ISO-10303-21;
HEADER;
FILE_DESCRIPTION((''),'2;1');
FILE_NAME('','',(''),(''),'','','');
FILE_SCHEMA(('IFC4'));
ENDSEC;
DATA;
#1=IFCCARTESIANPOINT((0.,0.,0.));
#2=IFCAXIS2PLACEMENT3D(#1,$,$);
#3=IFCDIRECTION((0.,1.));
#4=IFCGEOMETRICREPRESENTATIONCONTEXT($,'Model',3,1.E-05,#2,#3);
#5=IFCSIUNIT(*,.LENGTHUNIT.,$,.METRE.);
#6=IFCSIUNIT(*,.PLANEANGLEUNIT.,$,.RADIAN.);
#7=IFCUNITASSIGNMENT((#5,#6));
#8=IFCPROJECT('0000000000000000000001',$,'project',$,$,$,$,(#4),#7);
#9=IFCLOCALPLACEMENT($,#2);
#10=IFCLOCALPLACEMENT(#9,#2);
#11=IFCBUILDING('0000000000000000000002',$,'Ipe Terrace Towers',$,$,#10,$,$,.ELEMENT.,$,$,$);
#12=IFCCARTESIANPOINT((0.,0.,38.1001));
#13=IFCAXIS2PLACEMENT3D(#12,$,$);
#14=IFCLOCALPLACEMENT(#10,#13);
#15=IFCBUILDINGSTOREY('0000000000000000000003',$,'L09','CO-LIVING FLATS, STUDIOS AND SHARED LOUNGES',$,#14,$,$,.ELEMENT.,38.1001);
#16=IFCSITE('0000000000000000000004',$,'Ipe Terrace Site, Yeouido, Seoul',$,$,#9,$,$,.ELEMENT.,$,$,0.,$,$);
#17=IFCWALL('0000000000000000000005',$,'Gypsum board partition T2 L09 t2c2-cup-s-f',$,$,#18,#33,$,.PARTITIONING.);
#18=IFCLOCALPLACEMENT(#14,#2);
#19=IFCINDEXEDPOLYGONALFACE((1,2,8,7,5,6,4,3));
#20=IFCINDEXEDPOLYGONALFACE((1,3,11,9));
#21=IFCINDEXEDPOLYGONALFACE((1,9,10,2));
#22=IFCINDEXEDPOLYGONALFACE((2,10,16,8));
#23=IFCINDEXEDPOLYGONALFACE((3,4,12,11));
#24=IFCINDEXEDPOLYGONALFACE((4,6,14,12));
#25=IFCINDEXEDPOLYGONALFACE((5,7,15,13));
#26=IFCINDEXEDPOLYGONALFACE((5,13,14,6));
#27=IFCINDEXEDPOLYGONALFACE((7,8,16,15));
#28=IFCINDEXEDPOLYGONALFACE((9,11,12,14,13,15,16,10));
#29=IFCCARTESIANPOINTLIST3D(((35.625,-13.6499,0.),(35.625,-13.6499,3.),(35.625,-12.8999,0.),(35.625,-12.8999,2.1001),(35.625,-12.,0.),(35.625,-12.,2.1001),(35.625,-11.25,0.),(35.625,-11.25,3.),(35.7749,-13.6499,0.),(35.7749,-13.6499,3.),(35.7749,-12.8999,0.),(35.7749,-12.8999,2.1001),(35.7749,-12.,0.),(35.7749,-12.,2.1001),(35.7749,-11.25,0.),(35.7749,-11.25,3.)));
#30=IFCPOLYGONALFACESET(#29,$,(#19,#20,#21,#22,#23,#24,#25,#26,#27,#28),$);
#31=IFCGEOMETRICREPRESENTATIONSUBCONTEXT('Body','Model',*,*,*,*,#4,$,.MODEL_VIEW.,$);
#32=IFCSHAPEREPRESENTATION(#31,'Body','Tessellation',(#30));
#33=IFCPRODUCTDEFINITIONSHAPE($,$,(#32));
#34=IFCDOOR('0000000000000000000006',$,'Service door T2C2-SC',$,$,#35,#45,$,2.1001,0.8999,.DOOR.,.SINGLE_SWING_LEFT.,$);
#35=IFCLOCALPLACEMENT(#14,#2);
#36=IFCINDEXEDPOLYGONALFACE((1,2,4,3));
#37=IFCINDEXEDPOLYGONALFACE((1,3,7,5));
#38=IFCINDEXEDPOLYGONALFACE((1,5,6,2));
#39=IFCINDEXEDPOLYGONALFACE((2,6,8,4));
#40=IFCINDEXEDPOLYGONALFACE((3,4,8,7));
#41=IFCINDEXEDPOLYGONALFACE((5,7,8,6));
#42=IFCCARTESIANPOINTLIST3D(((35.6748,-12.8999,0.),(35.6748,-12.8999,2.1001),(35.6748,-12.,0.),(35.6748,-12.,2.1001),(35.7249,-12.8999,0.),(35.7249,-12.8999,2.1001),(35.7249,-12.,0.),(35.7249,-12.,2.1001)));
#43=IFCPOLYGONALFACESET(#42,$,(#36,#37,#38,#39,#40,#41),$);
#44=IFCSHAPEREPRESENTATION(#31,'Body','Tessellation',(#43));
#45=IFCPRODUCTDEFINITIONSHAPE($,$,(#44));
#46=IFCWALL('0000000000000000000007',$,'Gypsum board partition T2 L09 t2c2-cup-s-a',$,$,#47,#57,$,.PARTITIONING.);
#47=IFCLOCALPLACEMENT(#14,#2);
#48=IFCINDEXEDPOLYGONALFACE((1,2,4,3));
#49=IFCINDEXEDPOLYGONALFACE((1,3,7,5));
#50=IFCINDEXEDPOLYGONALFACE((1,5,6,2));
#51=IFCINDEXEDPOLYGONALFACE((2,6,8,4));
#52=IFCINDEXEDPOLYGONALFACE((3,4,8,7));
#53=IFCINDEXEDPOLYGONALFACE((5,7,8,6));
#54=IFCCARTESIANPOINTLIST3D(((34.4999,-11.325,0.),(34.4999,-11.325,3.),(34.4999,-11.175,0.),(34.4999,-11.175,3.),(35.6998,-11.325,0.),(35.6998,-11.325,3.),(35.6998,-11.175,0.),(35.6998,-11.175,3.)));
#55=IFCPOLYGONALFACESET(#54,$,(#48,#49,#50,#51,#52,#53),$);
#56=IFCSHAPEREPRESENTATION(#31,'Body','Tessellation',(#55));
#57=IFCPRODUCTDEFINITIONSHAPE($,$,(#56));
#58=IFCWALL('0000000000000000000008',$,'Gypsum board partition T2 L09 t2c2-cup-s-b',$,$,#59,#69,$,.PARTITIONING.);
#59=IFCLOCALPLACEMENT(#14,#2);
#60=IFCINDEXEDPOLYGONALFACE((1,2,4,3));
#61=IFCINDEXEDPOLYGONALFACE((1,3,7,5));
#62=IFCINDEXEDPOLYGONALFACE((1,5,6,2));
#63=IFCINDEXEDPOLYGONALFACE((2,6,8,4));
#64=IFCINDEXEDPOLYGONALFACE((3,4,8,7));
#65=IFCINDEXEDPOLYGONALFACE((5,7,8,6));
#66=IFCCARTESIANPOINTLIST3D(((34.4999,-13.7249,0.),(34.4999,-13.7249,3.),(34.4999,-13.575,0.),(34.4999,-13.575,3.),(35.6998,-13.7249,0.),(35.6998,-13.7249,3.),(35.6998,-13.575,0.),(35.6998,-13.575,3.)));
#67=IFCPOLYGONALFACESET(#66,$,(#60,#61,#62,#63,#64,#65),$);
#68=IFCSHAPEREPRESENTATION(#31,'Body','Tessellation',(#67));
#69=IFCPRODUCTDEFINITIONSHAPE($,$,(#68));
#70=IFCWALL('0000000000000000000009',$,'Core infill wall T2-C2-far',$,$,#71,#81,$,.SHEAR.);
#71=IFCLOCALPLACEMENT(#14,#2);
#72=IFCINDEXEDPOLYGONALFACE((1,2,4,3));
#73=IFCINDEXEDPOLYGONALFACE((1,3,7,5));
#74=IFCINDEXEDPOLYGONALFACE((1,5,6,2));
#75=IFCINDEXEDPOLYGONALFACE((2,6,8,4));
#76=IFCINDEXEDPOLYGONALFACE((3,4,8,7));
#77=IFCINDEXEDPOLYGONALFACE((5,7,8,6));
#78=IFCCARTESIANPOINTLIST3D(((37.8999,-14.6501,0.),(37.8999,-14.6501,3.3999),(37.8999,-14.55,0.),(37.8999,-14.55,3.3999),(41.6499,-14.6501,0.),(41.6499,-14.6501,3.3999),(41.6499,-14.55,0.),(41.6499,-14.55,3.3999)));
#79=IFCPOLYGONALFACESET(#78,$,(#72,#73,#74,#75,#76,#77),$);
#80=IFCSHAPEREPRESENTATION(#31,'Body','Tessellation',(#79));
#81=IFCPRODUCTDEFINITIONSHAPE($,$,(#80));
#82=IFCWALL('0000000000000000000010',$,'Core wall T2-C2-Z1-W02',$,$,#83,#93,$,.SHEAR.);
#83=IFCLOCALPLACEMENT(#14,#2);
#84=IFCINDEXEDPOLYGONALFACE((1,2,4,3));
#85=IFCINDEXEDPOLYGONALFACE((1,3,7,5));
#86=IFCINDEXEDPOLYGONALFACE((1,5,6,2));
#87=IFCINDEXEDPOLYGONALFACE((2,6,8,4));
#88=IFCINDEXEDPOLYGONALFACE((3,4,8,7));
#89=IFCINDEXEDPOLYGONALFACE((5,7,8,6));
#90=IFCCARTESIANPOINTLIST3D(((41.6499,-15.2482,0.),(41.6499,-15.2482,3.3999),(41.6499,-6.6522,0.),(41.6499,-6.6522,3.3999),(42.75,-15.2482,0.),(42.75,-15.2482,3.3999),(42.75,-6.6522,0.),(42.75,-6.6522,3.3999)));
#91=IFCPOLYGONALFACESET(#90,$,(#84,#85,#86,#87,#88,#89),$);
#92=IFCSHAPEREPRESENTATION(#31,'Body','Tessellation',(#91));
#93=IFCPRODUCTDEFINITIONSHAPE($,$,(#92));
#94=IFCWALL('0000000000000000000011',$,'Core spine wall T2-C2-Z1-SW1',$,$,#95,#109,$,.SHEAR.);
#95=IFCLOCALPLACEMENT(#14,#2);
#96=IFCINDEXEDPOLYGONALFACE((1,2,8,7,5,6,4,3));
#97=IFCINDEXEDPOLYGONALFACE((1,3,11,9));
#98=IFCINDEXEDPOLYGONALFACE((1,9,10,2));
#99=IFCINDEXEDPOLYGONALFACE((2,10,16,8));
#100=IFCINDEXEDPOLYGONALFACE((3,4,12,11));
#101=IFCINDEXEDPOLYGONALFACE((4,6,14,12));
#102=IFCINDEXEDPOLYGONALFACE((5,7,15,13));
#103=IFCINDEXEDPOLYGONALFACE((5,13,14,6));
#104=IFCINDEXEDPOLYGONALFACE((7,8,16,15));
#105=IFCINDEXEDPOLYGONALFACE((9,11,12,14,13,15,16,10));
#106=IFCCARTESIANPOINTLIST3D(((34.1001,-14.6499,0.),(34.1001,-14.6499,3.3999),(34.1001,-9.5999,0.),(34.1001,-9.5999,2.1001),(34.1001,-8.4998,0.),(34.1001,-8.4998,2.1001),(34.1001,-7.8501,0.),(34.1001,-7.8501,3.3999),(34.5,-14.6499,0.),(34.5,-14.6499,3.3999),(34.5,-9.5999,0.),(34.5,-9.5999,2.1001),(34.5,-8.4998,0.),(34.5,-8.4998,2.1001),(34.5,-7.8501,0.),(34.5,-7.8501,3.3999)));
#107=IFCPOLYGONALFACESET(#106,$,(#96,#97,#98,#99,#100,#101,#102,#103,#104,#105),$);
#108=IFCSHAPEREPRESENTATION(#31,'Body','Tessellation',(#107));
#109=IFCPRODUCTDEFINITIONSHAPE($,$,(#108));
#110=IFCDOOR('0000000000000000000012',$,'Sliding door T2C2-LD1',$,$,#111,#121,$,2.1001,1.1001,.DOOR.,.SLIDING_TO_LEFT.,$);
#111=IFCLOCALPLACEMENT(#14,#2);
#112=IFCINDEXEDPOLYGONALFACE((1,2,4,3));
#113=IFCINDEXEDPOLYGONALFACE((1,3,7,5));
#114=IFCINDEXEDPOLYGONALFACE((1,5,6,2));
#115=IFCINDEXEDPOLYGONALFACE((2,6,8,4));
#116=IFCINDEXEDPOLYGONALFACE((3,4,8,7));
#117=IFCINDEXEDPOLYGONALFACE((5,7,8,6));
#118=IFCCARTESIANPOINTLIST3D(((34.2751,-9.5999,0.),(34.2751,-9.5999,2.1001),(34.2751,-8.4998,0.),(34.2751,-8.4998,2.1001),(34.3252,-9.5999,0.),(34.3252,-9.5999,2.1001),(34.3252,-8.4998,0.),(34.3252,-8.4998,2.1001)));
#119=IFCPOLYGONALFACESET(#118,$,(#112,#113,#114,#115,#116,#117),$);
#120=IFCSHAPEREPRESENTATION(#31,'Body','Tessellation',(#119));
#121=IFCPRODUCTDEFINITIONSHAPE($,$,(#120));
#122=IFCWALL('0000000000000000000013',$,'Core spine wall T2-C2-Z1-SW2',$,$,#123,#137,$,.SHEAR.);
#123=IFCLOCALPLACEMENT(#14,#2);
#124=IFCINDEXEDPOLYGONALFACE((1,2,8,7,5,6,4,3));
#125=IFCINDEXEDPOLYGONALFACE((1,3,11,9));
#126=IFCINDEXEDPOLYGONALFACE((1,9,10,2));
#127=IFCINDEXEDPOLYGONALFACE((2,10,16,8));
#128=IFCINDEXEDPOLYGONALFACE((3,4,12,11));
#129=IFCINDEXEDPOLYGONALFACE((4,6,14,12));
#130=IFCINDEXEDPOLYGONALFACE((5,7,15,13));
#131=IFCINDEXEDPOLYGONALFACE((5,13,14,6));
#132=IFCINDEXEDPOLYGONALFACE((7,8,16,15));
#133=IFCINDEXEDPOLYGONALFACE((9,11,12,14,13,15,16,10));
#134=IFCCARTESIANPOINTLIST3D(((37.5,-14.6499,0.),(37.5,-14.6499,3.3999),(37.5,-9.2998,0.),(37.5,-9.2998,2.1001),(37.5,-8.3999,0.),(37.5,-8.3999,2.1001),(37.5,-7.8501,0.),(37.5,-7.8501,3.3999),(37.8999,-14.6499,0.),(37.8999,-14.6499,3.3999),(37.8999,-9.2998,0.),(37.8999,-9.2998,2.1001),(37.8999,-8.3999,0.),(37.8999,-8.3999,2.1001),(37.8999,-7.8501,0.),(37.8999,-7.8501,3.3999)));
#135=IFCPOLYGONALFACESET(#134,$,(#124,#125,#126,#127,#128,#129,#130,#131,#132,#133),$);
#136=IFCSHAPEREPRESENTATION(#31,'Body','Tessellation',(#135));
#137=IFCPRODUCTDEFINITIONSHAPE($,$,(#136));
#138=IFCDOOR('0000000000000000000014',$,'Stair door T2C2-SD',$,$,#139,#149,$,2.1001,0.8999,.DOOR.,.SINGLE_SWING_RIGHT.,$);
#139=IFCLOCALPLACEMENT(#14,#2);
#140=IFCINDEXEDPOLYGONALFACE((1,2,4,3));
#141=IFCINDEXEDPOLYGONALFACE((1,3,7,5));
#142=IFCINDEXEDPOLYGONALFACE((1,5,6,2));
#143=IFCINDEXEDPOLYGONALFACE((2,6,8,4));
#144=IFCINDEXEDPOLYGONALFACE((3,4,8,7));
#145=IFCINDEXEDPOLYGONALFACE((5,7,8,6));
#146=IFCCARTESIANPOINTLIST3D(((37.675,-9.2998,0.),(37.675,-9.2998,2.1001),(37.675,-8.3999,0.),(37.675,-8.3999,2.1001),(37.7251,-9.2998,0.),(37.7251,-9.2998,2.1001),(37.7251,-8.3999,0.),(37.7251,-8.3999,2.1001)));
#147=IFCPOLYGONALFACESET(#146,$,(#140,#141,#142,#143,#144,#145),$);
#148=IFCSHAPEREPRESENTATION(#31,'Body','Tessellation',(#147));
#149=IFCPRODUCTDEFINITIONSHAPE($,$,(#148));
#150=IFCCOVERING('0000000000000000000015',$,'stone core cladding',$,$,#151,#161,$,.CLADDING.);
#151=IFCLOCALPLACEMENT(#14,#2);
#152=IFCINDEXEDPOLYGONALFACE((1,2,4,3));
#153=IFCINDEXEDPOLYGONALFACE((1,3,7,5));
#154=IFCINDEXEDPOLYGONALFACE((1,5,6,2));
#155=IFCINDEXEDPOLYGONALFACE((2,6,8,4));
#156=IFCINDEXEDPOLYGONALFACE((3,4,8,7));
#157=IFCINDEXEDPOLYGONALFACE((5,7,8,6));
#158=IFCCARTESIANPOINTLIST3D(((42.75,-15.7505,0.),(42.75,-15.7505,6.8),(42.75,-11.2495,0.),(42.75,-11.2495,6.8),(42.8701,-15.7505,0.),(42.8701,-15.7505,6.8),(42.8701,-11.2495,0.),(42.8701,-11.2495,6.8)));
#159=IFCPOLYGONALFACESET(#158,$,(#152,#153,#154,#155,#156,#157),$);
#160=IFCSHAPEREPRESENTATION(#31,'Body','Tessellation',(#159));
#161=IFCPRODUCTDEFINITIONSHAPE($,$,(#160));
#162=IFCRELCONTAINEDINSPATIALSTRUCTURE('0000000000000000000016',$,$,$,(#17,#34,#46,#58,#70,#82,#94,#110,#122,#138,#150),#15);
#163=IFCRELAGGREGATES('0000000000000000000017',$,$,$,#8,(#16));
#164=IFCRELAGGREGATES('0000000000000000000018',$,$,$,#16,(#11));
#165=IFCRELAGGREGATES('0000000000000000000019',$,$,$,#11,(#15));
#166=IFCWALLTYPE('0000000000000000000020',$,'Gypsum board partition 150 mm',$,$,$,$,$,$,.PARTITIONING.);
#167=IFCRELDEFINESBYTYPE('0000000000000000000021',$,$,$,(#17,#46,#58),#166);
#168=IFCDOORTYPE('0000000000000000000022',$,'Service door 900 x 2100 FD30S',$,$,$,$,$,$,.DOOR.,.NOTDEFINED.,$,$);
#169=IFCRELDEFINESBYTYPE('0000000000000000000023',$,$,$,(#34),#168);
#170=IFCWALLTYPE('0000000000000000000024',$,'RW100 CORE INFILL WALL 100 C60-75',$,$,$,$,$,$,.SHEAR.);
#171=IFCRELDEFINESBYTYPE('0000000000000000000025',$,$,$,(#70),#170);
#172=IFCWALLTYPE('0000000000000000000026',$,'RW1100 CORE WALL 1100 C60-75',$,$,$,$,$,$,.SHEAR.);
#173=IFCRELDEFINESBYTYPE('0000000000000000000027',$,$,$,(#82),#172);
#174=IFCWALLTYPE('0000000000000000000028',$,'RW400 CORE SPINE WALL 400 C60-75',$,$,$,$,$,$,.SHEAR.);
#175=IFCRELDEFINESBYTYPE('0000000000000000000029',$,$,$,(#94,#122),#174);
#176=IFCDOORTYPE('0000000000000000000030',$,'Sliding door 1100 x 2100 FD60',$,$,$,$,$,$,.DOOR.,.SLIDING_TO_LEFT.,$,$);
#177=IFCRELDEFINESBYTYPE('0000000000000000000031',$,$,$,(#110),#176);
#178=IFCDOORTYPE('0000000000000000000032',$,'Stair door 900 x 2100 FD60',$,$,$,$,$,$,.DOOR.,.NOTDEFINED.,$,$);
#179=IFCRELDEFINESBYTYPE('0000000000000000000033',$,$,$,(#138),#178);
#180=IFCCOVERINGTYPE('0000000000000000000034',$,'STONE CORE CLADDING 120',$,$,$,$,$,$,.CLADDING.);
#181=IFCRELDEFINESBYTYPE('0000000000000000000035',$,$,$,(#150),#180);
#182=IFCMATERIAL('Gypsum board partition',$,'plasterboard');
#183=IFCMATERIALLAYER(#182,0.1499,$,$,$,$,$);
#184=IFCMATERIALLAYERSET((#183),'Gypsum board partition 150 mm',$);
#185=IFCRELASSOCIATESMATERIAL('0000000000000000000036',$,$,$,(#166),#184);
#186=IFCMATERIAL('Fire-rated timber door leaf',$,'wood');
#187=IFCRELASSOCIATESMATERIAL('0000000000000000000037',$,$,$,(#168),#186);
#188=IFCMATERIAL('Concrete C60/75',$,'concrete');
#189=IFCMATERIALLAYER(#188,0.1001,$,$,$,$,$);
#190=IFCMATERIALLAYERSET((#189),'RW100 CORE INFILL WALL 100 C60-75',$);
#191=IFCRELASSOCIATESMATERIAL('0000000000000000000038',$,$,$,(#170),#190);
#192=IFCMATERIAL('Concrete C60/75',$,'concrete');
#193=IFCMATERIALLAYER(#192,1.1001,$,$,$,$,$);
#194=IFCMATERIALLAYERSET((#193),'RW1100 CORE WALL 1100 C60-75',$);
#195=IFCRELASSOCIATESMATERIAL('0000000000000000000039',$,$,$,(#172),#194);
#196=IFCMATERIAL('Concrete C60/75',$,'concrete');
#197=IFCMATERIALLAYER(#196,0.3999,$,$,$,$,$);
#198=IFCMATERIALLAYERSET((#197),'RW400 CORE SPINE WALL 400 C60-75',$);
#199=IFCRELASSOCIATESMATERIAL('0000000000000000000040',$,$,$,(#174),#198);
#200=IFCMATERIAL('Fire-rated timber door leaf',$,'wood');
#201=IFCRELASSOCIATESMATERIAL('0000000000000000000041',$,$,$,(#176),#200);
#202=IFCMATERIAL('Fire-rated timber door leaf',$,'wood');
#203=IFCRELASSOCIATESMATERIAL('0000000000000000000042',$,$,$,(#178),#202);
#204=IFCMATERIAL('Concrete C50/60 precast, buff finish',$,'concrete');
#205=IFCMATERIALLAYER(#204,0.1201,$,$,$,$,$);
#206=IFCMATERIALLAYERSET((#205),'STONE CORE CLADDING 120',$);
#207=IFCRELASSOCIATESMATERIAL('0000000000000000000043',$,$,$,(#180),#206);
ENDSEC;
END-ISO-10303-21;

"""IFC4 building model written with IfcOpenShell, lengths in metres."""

from ifc_helpers import new_model, si_unit, direction, frame, frame_2d, origin, origin_2d, place, context, subcontext, project, spatial, rectangle, extrude, material, layer, layer_set, type_object, element, fill, save


model = new_model("IFC4")

# Units and contexts
model_context = context("Model", 3, precision=1e-05, world=origin(), true_north=direction((0.0, 1.0)))
body_context = subcontext(model_context, "Body", "Model", "MODEL_VIEW")
ifc_project = project(units=[si_unit("LENGTHUNIT", "METRE"), si_unit("PLANEANGLEUNIT", "RADIAN")], contexts=[model_context])

# Site, building, storey
site_placement = place(None, origin())
site = spatial("IfcSite", under=ifc_project, at=site_placement, Name="Ipe Terrace Site, Yeouido, Seoul", CompositionType="ELEMENT", RefElevation=0.0)
building_placement = place(site_placement, origin())
building = spatial("IfcBuilding", under=site, at=building_placement, Name="Ipe Terrace Towers", CompositionType="ELEMENT")
storey_placement = place(building_placement, frame((0.0, 0.0, 38.1001)))
storey = spatial("IfcBuildingStorey", under=building, at=storey_placement, Name="L09", Description="CO-LIVING FLATS, STUDIOS AND SHARED LOUNGES", CompositionType="ELEMENT", Elevation=38.1001)

# Wall, opening, door
ifc_material_1 = material(Name="Gypsum board partition", Category="plasterboard")
ifc_layer_1 = layer(ifc_material_1, 0.1499)
ifc_layer_set_1 = layer_set([ifc_layer_1], Name="Gypsum board partition 150 mm")
wall_type_1 = type_object("IfcWallType", Name="Gypsum board partition 150 mm", PredefinedType="PARTITIONING", material=ifc_layer_set_1)
wall_1_placement = place(storey_placement, frame((35.7, -11.25, 0.0), z_axis=(0.0, 0.0, 1.0), x_axis=(0.0, -1.0, 0.0)))
wall_1 = element("IfcWall", 1, at=wall_1_placement, inside=storey, type_object=wall_type_1, Name="Gypsum board partition T2 L09 t2c2-cup-s-f", PredefinedType="PARTITIONING", context=body_context, shape_type="SweptSolid", body=[
    extrude(rectangle(XDim=2.3999, YDim=0.1499, at=frame_2d((1.2, 0.0))), origin(), (0.0, 0.0, 1.0), 3.0),
])
opening_1_placement = place(wall_1_placement, frame((0.75, 0.0, 0.0)))
opening_1 = element("IfcOpeningElement", 2, at=opening_1_placement, cuts=wall_1, PredefinedType="OPENING", context=body_context, shape_type="SweptSolid", body=[
    extrude(rectangle(XDim=0.8999, YDim=2.1001, at=frame_2d((0.45, 1.05))), frame((0.0, 0.085, 0.0), z_axis=(0.0, -1.0, 0.0), x_axis=(1.0, 0.0, 0.0)), (0.0, 0.0, 1.0), 0.1699),
])
ifc_material_2 = material(Name="Fire-rated timber door leaf", Category="wood")
door_type_1 = type_object("IfcDoorType", Name="Service door 900 x 2100 FD30S", OperationType="NOTDEFINED", PredefinedType="DOOR", material=ifc_material_2)
door_1_placement = place(opening_1_placement, origin())
door_1 = element("IfcDoor", 3, at=door_1_placement, inside=storey, type_object=door_type_1, Name="Service door T2C2-SC", OperationType="SINGLE_SWING_LEFT", OverallHeight=2.1001, OverallWidth=0.8999, PredefinedType="DOOR", context=body_context, shape_type="SweptSolid", body=[
    extrude(rectangle(XDim=0.8999, YDim=2.1001, at=frame_2d((0.45, 1.05))), frame((0.0, 0.0249, 0.0), z_axis=(0.0, -1.0, 0.0), x_axis=(1.0, 0.0, 0.0)), (0.0, 0.0, 1.0), 0.05),
])
fill(opening_1, door_1)

# Walls
for number, where, z_axis, x_axis, name in (
    (4, (35.7, -11.25, 0.0), (0.0, 0.0, 1.0), (-1.0, 0.0, 0.0), "Gypsum board partition T2 L09 t2c2-cup-s-a"),
    (5, (35.7, -13.6499, 0.0), (0.0, 0.0, 1.0), (-1.0, 0.0, 0.0), "Gypsum board partition T2 L09 t2c2-cup-s-b"),
):
    element("IfcWall", number, at=place(storey_placement, frame(where, z_axis=z_axis, x_axis=x_axis)), inside=storey, type_object=wall_type_1, Name=name, PredefinedType="PARTITIONING", context=body_context, shape_type="SweptSolid", body=[
        extrude(rectangle(XDim=1.2, YDim=0.1499, at=frame_2d((0.6001, 0.0))), origin(), (0.0, 0.0, 1.0), 3.0),
    ])
ifc_material_3 = material(Name="Concrete C60/75", Category="concrete")
ifc_layer_2 = layer(ifc_material_3, 0.1001)
ifc_layer_set_2 = layer_set([ifc_layer_2], Name="RW100 CORE INFILL WALL 100 C60-75")
wall_type_2 = type_object("IfcWallType", Name="RW100 CORE INFILL WALL 100 C60-75", PredefinedType="SHEAR", material=ifc_layer_set_2)
wall_2_placement = place(storey_placement, frame((37.8999, -14.6001, 0.0), z_axis=(0.0, 0.0, 1.0), x_axis=(1.0, 0.0, 0.0)))
element("IfcWall", 6, at=wall_2_placement, inside=storey, type_object=wall_type_2, Name="Core infill wall T2-C2-far", PredefinedType="SHEAR", context=body_context, shape_type="SweptSolid", body=[
    extrude(rectangle(XDim=3.75, YDim=0.1001, at=frame_2d((1.875, 0.0))), origin(), (0.0, 0.0, 1.0), 3.3999),
])
ifc_material_4 = material(Name="Concrete C60/75", Category="concrete")
ifc_layer_3 = layer(ifc_material_4, 1.1001)
ifc_layer_set_3 = layer_set([ifc_layer_3], Name="RW1100 CORE WALL 1100 C60-75")
wall_type_3 = type_object("IfcWallType", Name="RW1100 CORE WALL 1100 C60-75", PredefinedType="SHEAR", material=ifc_layer_set_3)
wall_3_placement = place(storey_placement, frame((42.2, -15.248, 0.0), z_axis=(0.0, 0.0, 1.0), x_axis=(0.0, 1.0, 0.0)))
element("IfcWall", 7, at=wall_3_placement, inside=storey, type_object=wall_type_3, Name="Core wall T2-C2-Z1-W02", PredefinedType="SHEAR", context=body_context, shape_type="SweptSolid", body=[
    extrude(rectangle(XDim=8.5959, YDim=1.1001, at=frame_2d((4.2979, 0.0))), origin(), (0.0, 0.0, 1.0), 3.3999),
])

# Walls, openings, doors
ifc_material_5 = material(Name="Concrete C60/75", Category="concrete")
ifc_layer_4 = layer(ifc_material_5, 0.3999)
ifc_layer_set_4 = layer_set([ifc_layer_4], Name="RW400 CORE SPINE WALL 400 C60-75")
wall_type_4 = type_object("IfcWallType", Name="RW400 CORE SPINE WALL 400 C60-75", PredefinedType="SHEAR", material=ifc_layer_set_4)
wall_4_placement = place(storey_placement, frame((34.3, -14.6499, 0.0), z_axis=(0.0, 0.0, 1.0), x_axis=(0.0, 1.0, 0.0)))
wall_4 = element("IfcWall", 8, at=wall_4_placement, inside=storey, type_object=wall_type_4, Name="Core spine wall T2-C2-Z1-SW1", PredefinedType="SHEAR", context=body_context, shape_type="SweptSolid", body=[
    extrude(rectangle(XDim=6.7998, YDim=0.3999, at=frame_2d((3.3999, 0.0))), origin(), (0.0, 0.0, 1.0), 3.3999),
])
opening_2_placement = place(wall_4_placement, frame((5.05, 0.0, 0.0)))
opening_2 = element("IfcOpeningElement", 9, at=opening_2_placement, cuts=wall_4, PredefinedType="OPENING", context=body_context, shape_type="SweptSolid", body=[
    extrude(rectangle(XDim=1.1001, YDim=2.1001, at=frame_2d((0.55, 1.05))), frame((0.0, 0.21, 0.0), z_axis=(0.0, -1.0, 0.0), x_axis=(1.0, 0.0, 0.0)), (0.0, 0.0, 1.0), 0.4199),
])
ifc_material_6 = material(Name="Fire-rated timber door leaf", Category="wood")
door_type_2 = type_object("IfcDoorType", Name="Sliding door 1100 x 2100 FD60", OperationType="SLIDING_TO_LEFT", PredefinedType="DOOR", material=ifc_material_6)
door_2_placement = place(opening_2_placement, origin())
door_2 = element("IfcDoor", 10, at=door_2_placement, inside=storey, type_object=door_type_2, Name="Sliding door T2C2-LD1", OperationType="SLIDING_TO_LEFT", OverallHeight=2.1001, OverallWidth=1.1001, PredefinedType="DOOR", context=body_context, shape_type="SweptSolid", body=[
    extrude(rectangle(XDim=1.1001, YDim=2.1001, at=frame_2d((0.55, 1.05))), frame((0.0, 0.0249, 0.0), z_axis=(0.0, -1.0, 0.0), x_axis=(1.0, 0.0, 0.0)), (0.0, 0.0, 1.0), 0.05),
])
fill(opening_2, door_2)
wall_5_placement = place(storey_placement, frame((37.7, -14.6499, 0.0), z_axis=(0.0, 0.0, 1.0), x_axis=(0.0, 1.0, 0.0)))
wall_5 = element("IfcWall", 11, at=wall_5_placement, inside=storey, type_object=wall_type_4, Name="Core spine wall T2-C2-Z1-SW2", PredefinedType="SHEAR", context=body_context, shape_type="SweptSolid", body=[
    extrude(rectangle(XDim=6.7998, YDim=0.3999, at=frame_2d((3.3999, 0.0))), origin(), (0.0, 0.0, 1.0), 3.3999),
])
opening_3_placement = place(wall_5_placement, frame((5.3501, 0.0, 0.0)))
opening_3 = element("IfcOpeningElement", 12, at=opening_3_placement, cuts=wall_5, PredefinedType="OPENING", context=body_context, shape_type="SweptSolid", body=[
    extrude(rectangle(XDim=0.8999, YDim=2.1001, at=frame_2d((0.45, 1.05))), frame((0.0, 0.21, 0.0), z_axis=(0.0, -1.0, 0.0), x_axis=(1.0, 0.0, 0.0)), (0.0, 0.0, 1.0), 0.4199),
])
ifc_material_7 = material(Name="Fire-rated timber door leaf", Category="wood")
door_type_3 = type_object("IfcDoorType", Name="Stair door 900 x 2100 FD60", OperationType="NOTDEFINED", PredefinedType="DOOR", material=ifc_material_7)
door_3_placement = place(opening_3_placement, origin())
door_3 = element("IfcDoor", 13, at=door_3_placement, inside=storey, type_object=door_type_3, Name="Stair door T2C2-SD", OperationType="SINGLE_SWING_RIGHT", OverallHeight=2.1001, OverallWidth=0.8999, PredefinedType="DOOR", context=body_context, shape_type="SweptSolid", body=[
    extrude(rectangle(XDim=0.8999, YDim=2.1001, at=frame_2d((0.45, 1.05))), frame((0.0, 0.0249, 0.0), z_axis=(0.0, -1.0, 0.0), x_axis=(1.0, 0.0, 0.0)), (0.0, 0.0, 1.0), 0.05),
])
fill(opening_3, door_3)

# Covering
ifc_material_8 = material(Name="Concrete C50/60 precast, buff finish", Category="concrete")
ifc_layer_5 = layer(ifc_material_8, 0.1201)
ifc_layer_set_5 = layer_set([ifc_layer_5], Name="STONE CORE CLADDING 120")
covering_type_1 = type_object("IfcCoveringType", Name="STONE CORE CLADDING 120", PredefinedType="CLADDING", material=ifc_layer_set_5)
covering_1_placement = place(storey_placement, frame((42.8101, -13.5, 0.0), z_axis=(0.0, 0.0, 1.0), x_axis=(0.0, 1.0, 0.0)))
element("IfcCovering", 14, at=covering_1_placement, inside=storey, type_object=covering_type_1, Name="stone core cladding", PredefinedType="CLADDING", context=body_context, shape_type="SweptSolid", body=[
    extrude(rectangle(XDim=4.501, YDim=0.1201, at=origin_2d()), origin(), (0.0, 0.0, 1.0), 6.8),
])

save(model, "model.ifc")
